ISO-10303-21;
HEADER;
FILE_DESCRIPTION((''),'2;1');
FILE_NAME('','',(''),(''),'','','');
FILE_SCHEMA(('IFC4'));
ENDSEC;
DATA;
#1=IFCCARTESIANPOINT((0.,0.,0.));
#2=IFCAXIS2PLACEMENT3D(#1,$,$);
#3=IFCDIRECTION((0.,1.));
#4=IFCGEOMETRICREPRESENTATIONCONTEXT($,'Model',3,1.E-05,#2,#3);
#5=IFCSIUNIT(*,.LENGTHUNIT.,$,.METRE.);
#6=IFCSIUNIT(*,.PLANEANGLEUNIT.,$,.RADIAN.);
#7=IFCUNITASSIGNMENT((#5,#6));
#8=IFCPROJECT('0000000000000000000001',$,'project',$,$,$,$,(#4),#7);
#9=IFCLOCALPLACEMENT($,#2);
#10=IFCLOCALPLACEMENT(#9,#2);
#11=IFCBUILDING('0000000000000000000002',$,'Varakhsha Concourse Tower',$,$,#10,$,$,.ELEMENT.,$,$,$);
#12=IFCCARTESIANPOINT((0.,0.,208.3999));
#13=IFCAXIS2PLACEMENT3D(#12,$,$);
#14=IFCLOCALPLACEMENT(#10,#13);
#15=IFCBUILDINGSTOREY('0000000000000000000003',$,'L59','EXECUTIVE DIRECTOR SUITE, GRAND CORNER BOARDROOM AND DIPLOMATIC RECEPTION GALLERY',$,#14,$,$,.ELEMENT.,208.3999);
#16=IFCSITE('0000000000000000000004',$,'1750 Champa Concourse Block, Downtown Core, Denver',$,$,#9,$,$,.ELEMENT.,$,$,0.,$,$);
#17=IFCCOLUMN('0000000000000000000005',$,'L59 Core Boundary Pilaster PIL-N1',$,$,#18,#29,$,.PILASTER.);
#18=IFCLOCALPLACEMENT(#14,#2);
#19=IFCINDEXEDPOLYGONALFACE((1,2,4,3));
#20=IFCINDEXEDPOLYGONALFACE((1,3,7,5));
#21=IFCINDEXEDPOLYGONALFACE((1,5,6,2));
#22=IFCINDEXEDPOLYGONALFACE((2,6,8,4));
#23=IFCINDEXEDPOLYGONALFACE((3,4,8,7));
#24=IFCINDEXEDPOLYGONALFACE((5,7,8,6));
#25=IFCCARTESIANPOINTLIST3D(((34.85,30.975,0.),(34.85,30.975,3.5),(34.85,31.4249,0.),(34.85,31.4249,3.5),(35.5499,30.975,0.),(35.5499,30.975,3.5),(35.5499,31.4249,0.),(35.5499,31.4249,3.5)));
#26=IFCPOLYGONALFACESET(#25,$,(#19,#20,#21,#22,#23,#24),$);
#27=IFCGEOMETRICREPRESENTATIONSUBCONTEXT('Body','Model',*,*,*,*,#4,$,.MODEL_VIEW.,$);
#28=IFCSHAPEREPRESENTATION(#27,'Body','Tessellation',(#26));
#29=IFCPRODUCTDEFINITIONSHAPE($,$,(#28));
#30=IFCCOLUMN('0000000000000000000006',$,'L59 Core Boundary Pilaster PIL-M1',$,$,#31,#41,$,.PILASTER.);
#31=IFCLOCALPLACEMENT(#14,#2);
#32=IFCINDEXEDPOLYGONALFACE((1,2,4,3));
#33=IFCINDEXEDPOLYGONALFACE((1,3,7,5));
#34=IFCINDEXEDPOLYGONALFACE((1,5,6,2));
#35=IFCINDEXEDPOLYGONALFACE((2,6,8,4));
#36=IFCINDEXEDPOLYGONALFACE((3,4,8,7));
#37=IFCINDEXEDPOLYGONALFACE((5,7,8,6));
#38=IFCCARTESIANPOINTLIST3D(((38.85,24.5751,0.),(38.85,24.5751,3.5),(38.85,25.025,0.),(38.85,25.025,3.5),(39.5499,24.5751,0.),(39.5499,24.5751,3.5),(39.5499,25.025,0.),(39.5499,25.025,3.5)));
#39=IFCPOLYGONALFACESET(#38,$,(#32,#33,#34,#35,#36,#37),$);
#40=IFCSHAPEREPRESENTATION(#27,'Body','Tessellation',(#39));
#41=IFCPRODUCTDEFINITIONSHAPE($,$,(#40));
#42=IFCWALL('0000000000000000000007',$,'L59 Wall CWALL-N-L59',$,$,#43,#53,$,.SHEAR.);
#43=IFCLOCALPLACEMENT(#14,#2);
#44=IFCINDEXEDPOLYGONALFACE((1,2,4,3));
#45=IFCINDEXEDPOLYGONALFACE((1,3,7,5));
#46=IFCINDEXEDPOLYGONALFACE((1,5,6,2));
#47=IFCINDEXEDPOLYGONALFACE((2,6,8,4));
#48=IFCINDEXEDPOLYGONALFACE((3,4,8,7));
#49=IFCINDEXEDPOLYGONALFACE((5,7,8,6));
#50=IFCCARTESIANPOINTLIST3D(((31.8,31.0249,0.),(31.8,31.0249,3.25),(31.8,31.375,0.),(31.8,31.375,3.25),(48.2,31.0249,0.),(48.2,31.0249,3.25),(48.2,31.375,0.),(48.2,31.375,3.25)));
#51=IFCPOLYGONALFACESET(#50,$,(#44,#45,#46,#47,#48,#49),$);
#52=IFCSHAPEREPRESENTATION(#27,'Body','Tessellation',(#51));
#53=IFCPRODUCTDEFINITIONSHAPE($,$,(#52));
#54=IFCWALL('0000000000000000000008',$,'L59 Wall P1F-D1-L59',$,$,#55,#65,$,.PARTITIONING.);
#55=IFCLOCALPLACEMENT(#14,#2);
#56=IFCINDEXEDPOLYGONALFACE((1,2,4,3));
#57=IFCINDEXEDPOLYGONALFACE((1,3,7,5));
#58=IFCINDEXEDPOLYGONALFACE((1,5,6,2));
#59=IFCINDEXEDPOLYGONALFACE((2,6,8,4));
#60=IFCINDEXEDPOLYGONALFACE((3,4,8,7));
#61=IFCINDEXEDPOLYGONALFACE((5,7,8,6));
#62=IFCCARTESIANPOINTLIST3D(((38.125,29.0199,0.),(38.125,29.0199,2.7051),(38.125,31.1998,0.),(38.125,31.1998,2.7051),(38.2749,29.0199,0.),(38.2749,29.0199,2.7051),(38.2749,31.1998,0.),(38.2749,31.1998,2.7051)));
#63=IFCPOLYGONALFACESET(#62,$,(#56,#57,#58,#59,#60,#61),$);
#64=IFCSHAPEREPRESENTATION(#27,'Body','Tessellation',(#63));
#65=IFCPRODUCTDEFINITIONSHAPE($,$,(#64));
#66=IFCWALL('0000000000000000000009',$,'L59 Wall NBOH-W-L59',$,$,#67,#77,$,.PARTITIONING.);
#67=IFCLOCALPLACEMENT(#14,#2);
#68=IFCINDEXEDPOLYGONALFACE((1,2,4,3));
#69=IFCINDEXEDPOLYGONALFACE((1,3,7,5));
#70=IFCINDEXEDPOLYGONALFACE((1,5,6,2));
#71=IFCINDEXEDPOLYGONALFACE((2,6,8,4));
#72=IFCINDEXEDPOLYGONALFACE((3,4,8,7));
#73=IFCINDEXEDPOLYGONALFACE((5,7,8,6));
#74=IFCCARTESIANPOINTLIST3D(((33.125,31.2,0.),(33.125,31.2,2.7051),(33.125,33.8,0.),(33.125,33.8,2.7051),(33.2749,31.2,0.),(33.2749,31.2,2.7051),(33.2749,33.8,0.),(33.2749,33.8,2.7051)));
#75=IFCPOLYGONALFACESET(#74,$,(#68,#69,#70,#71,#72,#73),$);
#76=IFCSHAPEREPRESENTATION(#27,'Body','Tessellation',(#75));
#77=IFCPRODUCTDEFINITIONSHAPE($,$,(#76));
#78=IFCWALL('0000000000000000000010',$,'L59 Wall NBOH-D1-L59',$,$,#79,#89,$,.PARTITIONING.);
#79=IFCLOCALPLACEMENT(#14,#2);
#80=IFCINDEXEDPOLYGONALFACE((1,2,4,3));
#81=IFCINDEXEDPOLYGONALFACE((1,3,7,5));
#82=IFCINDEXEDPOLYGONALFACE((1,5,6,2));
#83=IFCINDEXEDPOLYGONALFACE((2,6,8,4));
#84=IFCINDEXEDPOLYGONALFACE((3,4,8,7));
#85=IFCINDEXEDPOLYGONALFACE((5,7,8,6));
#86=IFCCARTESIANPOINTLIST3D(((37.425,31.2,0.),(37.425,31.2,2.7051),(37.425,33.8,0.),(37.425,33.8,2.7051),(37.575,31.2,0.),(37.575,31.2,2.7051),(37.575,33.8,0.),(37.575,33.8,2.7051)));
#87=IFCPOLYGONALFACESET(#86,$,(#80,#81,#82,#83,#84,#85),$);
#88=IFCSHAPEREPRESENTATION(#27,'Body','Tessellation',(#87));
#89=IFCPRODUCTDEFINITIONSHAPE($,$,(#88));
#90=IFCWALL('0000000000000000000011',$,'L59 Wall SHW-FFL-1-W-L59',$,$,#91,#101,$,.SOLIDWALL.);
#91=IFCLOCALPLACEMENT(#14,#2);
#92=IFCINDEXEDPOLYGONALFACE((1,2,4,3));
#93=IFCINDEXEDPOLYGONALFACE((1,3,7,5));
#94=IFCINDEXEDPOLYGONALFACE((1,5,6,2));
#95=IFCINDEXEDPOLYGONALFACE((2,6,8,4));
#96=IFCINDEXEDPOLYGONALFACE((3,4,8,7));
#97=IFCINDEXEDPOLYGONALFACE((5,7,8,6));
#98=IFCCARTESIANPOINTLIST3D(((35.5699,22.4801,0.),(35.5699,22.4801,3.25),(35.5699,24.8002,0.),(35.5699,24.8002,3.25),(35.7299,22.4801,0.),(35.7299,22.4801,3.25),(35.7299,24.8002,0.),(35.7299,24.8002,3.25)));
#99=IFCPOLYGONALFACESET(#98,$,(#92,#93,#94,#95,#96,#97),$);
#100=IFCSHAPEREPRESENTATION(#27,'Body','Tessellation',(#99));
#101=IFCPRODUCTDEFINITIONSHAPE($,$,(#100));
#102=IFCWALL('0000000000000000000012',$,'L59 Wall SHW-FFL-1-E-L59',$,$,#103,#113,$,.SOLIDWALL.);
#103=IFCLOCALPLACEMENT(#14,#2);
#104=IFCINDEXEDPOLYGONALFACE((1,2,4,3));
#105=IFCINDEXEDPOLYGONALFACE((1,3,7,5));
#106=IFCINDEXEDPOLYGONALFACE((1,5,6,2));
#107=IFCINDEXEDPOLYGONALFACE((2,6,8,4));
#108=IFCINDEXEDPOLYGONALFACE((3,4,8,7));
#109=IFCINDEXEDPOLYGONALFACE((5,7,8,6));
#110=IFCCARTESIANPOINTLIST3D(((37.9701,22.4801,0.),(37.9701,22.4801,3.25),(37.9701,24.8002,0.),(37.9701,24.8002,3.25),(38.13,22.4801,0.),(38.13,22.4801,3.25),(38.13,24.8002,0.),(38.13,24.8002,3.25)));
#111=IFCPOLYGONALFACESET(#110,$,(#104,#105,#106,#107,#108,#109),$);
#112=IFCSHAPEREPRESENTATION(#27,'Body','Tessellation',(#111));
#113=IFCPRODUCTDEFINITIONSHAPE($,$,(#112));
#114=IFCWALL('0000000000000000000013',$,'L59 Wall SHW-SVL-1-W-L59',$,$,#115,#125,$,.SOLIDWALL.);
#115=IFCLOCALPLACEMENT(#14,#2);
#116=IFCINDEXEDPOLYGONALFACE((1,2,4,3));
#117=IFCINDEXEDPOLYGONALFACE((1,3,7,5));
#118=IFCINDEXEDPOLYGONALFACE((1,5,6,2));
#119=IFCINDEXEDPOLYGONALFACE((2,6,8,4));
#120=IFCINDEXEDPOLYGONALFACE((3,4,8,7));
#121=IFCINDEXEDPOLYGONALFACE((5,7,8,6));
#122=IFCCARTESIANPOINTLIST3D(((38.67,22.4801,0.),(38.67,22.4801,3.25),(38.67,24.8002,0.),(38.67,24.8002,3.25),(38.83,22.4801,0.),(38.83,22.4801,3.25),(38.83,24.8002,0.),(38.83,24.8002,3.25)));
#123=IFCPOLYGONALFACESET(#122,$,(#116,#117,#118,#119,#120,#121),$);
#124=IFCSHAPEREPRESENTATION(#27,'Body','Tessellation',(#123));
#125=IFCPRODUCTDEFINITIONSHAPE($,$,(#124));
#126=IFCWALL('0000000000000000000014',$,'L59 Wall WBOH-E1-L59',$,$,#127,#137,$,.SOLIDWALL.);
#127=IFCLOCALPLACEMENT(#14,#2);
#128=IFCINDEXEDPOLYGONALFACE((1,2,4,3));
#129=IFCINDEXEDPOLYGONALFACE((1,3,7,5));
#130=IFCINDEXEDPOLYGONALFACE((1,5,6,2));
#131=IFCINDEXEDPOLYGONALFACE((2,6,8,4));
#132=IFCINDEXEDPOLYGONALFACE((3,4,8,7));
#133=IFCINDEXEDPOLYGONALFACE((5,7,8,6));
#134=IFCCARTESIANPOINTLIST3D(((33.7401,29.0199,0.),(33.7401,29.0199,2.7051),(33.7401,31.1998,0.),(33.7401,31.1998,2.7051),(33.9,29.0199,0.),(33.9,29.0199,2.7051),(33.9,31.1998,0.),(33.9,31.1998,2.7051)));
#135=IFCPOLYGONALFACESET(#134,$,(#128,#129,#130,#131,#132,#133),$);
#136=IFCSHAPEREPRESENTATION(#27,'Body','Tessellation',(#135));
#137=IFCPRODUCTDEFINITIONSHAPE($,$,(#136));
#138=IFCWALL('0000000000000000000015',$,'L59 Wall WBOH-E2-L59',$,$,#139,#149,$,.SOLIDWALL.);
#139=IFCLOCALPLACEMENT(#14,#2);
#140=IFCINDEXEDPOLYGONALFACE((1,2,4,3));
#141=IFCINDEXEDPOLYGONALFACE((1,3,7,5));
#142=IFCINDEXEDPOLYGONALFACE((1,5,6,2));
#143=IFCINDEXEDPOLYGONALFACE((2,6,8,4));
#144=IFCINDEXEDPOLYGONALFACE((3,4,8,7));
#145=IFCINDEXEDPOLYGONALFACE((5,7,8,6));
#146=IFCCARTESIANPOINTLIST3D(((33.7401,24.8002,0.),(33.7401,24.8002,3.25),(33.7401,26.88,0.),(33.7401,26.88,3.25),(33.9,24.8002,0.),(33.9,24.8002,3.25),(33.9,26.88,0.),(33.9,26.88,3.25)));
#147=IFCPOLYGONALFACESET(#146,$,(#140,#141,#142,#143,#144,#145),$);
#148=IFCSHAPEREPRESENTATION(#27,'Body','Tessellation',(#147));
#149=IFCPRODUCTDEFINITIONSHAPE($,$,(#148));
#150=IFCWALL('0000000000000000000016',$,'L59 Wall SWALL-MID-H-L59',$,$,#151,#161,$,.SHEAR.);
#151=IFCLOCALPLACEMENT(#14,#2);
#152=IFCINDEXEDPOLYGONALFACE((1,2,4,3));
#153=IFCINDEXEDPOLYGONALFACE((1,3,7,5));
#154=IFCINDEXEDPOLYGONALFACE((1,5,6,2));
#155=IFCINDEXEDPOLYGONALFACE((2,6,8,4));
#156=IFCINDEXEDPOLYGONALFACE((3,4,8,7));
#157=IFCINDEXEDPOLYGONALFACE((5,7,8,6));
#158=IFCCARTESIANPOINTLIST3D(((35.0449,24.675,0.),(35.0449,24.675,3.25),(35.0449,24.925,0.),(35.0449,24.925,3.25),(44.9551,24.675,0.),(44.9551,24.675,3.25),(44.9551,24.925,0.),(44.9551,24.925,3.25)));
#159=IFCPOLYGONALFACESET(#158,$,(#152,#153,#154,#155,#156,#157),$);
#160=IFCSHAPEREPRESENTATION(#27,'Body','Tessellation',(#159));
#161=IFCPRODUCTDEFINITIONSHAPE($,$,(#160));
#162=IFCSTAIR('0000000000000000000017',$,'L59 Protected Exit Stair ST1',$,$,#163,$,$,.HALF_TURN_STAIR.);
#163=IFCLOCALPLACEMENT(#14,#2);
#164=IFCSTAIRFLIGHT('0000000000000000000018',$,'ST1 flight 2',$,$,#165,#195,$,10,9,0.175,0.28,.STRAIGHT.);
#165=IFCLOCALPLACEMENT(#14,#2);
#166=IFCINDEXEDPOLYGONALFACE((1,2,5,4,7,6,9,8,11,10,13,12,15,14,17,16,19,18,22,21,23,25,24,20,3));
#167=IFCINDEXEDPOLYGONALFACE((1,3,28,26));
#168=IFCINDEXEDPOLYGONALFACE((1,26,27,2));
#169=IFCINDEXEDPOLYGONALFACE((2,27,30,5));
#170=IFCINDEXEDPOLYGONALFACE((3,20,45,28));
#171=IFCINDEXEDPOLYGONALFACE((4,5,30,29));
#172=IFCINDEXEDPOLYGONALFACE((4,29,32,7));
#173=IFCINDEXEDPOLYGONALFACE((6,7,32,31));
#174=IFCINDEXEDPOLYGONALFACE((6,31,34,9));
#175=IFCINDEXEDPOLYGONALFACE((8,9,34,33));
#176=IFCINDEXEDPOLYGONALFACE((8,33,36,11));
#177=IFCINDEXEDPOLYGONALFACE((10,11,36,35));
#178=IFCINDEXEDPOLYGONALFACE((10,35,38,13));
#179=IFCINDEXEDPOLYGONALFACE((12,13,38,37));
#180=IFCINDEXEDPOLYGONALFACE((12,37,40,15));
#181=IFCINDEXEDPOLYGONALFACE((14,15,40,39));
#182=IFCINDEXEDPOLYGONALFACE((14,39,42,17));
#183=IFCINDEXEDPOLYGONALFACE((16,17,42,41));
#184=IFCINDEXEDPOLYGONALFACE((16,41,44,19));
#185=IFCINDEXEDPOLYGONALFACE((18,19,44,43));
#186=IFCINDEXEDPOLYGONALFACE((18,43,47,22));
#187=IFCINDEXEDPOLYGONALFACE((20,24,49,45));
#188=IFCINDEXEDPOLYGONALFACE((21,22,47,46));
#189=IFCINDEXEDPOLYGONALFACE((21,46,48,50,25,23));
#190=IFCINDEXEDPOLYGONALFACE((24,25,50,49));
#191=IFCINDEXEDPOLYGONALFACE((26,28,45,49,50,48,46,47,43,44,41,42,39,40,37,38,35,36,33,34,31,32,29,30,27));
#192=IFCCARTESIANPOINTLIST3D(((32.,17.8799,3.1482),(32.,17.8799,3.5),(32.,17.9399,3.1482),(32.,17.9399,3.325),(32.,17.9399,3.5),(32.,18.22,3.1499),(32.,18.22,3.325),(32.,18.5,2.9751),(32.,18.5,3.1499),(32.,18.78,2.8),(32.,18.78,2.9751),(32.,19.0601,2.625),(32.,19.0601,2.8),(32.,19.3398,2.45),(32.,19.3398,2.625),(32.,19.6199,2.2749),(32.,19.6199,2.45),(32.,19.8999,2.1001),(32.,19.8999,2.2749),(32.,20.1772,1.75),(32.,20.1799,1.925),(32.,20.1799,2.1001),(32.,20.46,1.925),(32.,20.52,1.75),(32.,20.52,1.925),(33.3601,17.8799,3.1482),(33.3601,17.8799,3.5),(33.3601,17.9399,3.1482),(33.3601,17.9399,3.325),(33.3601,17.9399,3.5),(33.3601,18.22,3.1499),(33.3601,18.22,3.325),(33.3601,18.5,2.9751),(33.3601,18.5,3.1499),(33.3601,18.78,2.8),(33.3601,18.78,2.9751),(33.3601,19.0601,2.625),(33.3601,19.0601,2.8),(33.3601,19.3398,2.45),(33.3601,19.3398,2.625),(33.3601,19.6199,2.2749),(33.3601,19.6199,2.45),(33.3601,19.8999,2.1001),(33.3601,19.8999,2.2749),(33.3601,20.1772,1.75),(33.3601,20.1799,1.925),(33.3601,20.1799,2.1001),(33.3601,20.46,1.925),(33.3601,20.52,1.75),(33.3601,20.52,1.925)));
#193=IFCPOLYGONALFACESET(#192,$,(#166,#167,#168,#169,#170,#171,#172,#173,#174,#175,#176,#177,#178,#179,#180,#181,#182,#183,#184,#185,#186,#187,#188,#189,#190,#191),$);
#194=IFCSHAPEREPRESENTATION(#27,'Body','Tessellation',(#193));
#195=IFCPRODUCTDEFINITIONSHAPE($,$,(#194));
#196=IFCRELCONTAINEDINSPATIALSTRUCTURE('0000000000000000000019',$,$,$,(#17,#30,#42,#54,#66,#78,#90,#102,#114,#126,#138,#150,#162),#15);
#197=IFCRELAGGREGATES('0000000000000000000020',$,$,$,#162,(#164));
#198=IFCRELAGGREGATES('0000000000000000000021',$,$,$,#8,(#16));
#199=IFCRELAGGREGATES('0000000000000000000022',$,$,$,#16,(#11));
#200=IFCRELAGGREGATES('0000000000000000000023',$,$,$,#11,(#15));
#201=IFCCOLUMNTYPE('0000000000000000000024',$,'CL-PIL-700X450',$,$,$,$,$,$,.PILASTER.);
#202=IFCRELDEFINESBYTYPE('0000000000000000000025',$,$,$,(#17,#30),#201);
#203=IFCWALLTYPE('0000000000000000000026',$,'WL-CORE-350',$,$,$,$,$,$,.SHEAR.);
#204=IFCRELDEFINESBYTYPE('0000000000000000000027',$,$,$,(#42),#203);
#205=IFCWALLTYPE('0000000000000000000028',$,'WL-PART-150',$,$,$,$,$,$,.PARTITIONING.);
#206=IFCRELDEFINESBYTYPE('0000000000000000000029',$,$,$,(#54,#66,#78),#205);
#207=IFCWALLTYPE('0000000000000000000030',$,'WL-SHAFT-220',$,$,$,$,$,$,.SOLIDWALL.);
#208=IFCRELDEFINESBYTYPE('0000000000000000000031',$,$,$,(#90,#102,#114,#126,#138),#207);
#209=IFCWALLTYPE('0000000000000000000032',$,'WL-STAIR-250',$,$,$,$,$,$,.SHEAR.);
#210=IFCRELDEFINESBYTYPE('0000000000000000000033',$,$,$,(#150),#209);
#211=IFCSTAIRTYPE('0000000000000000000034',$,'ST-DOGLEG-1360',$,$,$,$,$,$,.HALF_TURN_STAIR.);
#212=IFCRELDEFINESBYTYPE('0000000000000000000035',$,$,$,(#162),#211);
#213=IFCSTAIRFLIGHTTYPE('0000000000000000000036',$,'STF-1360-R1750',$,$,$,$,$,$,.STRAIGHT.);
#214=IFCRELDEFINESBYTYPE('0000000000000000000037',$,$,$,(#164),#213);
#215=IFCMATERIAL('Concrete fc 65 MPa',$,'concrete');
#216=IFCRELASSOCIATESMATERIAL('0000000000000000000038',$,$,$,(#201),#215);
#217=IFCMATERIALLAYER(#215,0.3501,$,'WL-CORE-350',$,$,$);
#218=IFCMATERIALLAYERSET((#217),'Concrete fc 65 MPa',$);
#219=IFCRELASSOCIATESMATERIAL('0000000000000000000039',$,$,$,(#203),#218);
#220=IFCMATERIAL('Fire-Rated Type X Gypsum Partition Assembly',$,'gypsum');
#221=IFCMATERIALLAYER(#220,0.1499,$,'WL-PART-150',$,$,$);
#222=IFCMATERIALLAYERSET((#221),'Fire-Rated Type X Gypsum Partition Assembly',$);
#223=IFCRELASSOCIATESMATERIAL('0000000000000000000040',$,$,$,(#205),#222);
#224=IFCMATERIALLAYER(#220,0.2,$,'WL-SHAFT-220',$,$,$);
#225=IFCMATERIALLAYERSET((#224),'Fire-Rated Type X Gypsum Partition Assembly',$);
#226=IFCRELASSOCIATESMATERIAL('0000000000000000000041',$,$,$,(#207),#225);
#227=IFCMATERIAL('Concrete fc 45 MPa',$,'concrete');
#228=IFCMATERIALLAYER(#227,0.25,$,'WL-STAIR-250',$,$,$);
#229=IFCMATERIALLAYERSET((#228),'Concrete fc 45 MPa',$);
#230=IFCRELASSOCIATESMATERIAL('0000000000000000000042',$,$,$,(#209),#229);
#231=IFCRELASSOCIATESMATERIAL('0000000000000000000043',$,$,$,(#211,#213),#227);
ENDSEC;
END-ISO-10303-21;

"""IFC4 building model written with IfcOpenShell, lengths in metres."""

from ifc_helpers import new_model, si_unit, direction, frame, frame_2d, origin, origin_2d, place, context, subcontext, project, spatial, polyline, rectangle, outline, extrude, material, layer, layer_set, material_profile, profile_set, type_object, element, aggregate, save


model = new_model("IFC4")

# Units and contexts
model_context = context("Model", 3, precision=1e-05, world=origin(), true_north=direction((0.0, 1.0)))
body_context = subcontext(model_context, "Body", "Model", "MODEL_VIEW")
ifc_project = project(units=[si_unit("LENGTHUNIT", "METRE"), si_unit("PLANEANGLEUNIT", "RADIAN")], contexts=[model_context])

# Site, building, storey
site_placement = place(None, origin())
site = spatial("IfcSite", under=ifc_project, at=site_placement, Name="1750 Champa Concourse Block, Downtown Core, Denver", CompositionType="ELEMENT", RefElevation=0.0)
building_placement = place(site_placement, origin())
building = spatial("IfcBuilding", under=site, at=building_placement, Name="Varakhsha Concourse Tower", CompositionType="ELEMENT")
storey_placement = place(building_placement, frame((0.0, 0.0, 208.3999)))
storey = spatial("IfcBuildingStorey", under=building, at=storey_placement, Name="L59", Description="EXECUTIVE DIRECTOR SUITE, GRAND CORNER BOARDROOM AND DIPLOMATIC RECEPTION GALLERY", CompositionType="ELEMENT", Elevation=208.3999)

# Columns
ifc_material_1 = material(Name="Concrete fc 65 MPa", Category="concrete")
ifc_material_profile = material_profile(ifc_material_1, rectangle(XDim=0.7, YDim=0.45, at=origin_2d()), Name="RC 700x450")
ifc_profile_set = profile_set([ifc_material_profile], Name="Concrete fc 65 MPa")
column_type = type_object("IfcColumnType", Name="CL-PIL-700X450", PredefinedType="PILASTER", material=ifc_profile_set)
for number, where, z_axis, x_axis, name in (
    (1, (35.2, 31.2, 0.0), (0.0, 0.0, 1.0), (1.0, 0.0, 0.0), "L59 Core Boundary Pilaster PIL-N1"),
    (2, (39.2, 24.8, 0.0), (0.0, 0.0, 1.0), (1.0, 0.0, 0.0), "L59 Core Boundary Pilaster PIL-M1"),
):
    element("IfcColumn", number, at=place(storey_placement, frame(where, z_axis=z_axis, x_axis=x_axis)), inside=storey, type_object=column_type, Name=name, PredefinedType="PILASTER", context=body_context, shape_type="SweptSolid", body=[
        extrude(rectangle(XDim=0.7, YDim=0.45, at=origin_2d()), origin(), (0.0, 0.0, 1.0), 3.5),
    ])

# Walls
ifc_layer_1 = layer(ifc_material_1, 0.3501, Name="WL-CORE-350")
ifc_layer_set_1 = layer_set([ifc_layer_1], Name="Concrete fc 65 MPa")
wall_type_1 = type_object("IfcWallType", Name="WL-CORE-350", PredefinedType="SHEAR", material=ifc_layer_set_1)
wall_1_placement = place(storey_placement, frame((31.8, 31.2, 0.0), z_axis=(0.0, 0.0, 1.0), x_axis=(1.0, 0.0, 0.0)))
element("IfcWall", 3, at=wall_1_placement, inside=storey, type_object=wall_type_1, Name="L59 Wall CWALL-N-L59", PredefinedType="SHEAR", context=body_context, shape_type="SweptSolid", body=[
    extrude(rectangle(XDim=16.3999, YDim=0.3501, at=frame_2d((8.2, 0.0))), origin(), (0.0, 0.0, 1.0), 3.25),
])
ifc_material_2 = material(Name="Fire-Rated Type X Gypsum Partition Assembly", Category="gypsum")
ifc_layer_2 = layer(ifc_material_2, 0.1499, Name="WL-PART-150")
ifc_layer_set_2 = layer_set([ifc_layer_2], Name="Fire-Rated Type X Gypsum Partition Assembly")
wall_type_2 = type_object("IfcWallType", Name="WL-PART-150", PredefinedType="PARTITIONING", material=ifc_layer_set_2)
wall_2_placement = place(storey_placement, frame((38.2, 29.02, 0.0), z_axis=(0.0, 0.0, 1.0), x_axis=(0.0, 1.0, 0.0)))
element("IfcWall", 4, at=wall_2_placement, inside=storey, type_object=wall_type_2, Name="L59 Wall P1F-D1-L59", PredefinedType="PARTITIONING", context=body_context, shape_type="SweptSolid", body=[
    extrude(rectangle(XDim=2.1799, YDim=0.1499, at=frame_2d((1.0898, 0.0))), origin(), (0.0, 0.0, 1.0), 2.7051),
])
for number, where, z_axis, x_axis, name in (
    (5, (33.2, 31.2, 0.0), (0.0, 0.0, 1.0), (0.0, 1.0, 0.0), "L59 Wall NBOH-W-L59"),
    (6, (37.5, 31.2, 0.0), (0.0, 0.0, 1.0), (0.0, 1.0, 0.0), "L59 Wall NBOH-D1-L59"),
):
    element("IfcWall", number, at=place(storey_placement, frame(where, z_axis=z_axis, x_axis=x_axis)), inside=storey, type_object=wall_type_2, Name=name, PredefinedType="PARTITIONING", context=body_context, shape_type="SweptSolid", body=[
        extrude(rectangle(XDim=2.6001, YDim=0.1499, at=frame_2d((1.3, 0.0))), origin(), (0.0, 0.0, 1.0), 2.7051),
    ])

# Shared definitions
ifc_layer_3 = layer(ifc_material_2, 0.2, Name="WL-SHAFT-220")
ifc_layer_set_3 = layer_set([ifc_layer_3], Name="Fire-Rated Type X Gypsum Partition Assembly")
wall_type_3 = type_object("IfcWallType", Name="WL-SHAFT-220", PredefinedType="SOLIDWALL", material=ifc_layer_set_3)

# Walls
for number, where, z_axis, x_axis, name in (
    (7, (35.6499, 22.48, 0.0), (0.0, 0.0, 1.0), (0.0, 1.0, 0.0), "L59 Wall SHW-FFL-1-W-L59"),
    (8, (38.05, 22.48, 0.0), (0.0, 0.0, 1.0), (0.0, 1.0, 0.0), "L59 Wall SHW-FFL-1-E-L59"),
    (9, (38.75, 22.48, 0.0), (0.0, 0.0, 1.0), (0.0, 1.0, 0.0), "L59 Wall SHW-SVL-1-W-L59"),
):
    element("IfcWall", number, at=place(storey_placement, frame(where, z_axis=z_axis, x_axis=x_axis)), inside=storey, type_object=wall_type_3, Name=name, PredefinedType="SOLIDWALL", context=body_context, shape_type="SweptSolid", body=[
        extrude(rectangle(XDim=2.3201, YDim=0.1599, at=frame_2d((1.1602, 0.0))), origin(), (0.0, 0.0, 1.0), 3.25),
    ])

# Walls
wall_3_placement = place(storey_placement, frame((33.8201, 29.02, 0.0), z_axis=(0.0, 0.0, 1.0), x_axis=(0.0, 1.0, 0.0)))
element("IfcWall", 10, at=wall_3_placement, inside=storey, type_object=wall_type_3, Name="L59 Wall WBOH-E1-L59", PredefinedType="SOLIDWALL", context=body_context, shape_type="SweptSolid", body=[
    extrude(rectangle(XDim=2.1799, YDim=0.1599, at=frame_2d((1.0898, 0.0))), origin(), (0.0, 0.0, 1.0), 2.7051),
])
wall_4_placement = place(storey_placement, frame((33.8201, 24.8, 0.0), z_axis=(0.0, 0.0, 1.0), x_axis=(0.0, 1.0, 0.0)))
element("IfcWall", 11, at=wall_4_placement, inside=storey, type_object=wall_type_3, Name="L59 Wall WBOH-E2-L59", PredefinedType="SOLIDWALL", context=body_context, shape_type="SweptSolid", body=[
    extrude(rectangle(XDim=2.0798, YDim=0.1599, at=frame_2d((1.04, 0.0))), origin(), (0.0, 0.0, 1.0), 3.25),
])
ifc_material_3 = material(Name="Concrete fc 45 MPa", Category="concrete")
ifc_layer_4 = layer(ifc_material_3, 0.25, Name="WL-STAIR-250")
ifc_layer_set_4 = layer_set([ifc_layer_4], Name="Concrete fc 45 MPa")
wall_type_4 = type_object("IfcWallType", Name="WL-STAIR-250", PredefinedType="SHEAR", material=ifc_layer_set_4)
wall_5_placement = place(storey_placement, frame((35.0449, 24.8, 0.0), z_axis=(0.0, 0.0, 1.0), x_axis=(1.0, 0.0, 0.0)))
element("IfcWall", 12, at=wall_5_placement, inside=storey, type_object=wall_type_4, Name="L59 Wall SWALL-MID-H-L59", PredefinedType="SHEAR", context=body_context, shape_type="SweptSolid", body=[
    extrude(rectangle(XDim=9.9102, YDim=0.25, at=frame_2d((4.9551, 0.0))), origin(), (0.0, 0.0, 1.0), 3.25),
])

# Stair, stair flight
stair_type = type_object("IfcStairType", Name="ST-DOGLEG-1360", PredefinedType="HALF_TURN_STAIR", material=ifc_material_3)
stair_placement = place(storey_placement, origin())
stair = element("IfcStair", 13, at=stair_placement, inside=storey, type_object=stair_type, Name="L59 Protected Exit Stair ST1", PredefinedType="HALF_TURN_STAIR")
stair_flight_type = type_object("IfcStairFlightType", Name="STF-1360-R1750", PredefinedType="STRAIGHT", material=ifc_material_3)
stair_flight_placement = place(storey_placement, frame((32.6799, 20.46, 1.75), z_axis=(0.0, 0.0, 1.0), x_axis=(0.0, -1.0, 0.0)))
stair_flight = element("IfcStairFlight", 14, at=stair_flight_placement, type_object=stair_flight_type, Name="ST1 flight 2", NumberOfRisers=10, NumberOfTreads=9, PredefinedType="STRAIGHT", RiserHeight=0.175, TreadLength=0.28, context=body_context, shape_type="SweptSolid", body=[
    extrude(outline(polyline([(-0.0601, 0.0), (-0.0601, 0.175), (0.0, 0.175), (0.28, 0.175), (0.28, 0.3501), (0.5601, 0.3501), (0.5601, 0.5249), (0.8401, 0.5249), (0.8401, 0.7), (1.1201, 0.7), (1.1201, 0.875), (1.3999, 0.875), (1.3999, 1.05), (1.6799, 1.05), (1.6799, 1.2251), (1.96, 1.2251), (1.96, 1.3999), (2.24, 1.3999), (2.24, 1.575), (2.52, 1.575), (2.52, 1.75), (2.5801, 1.75), (2.5801, 1.3982), (2.52, 1.3982), (0.2827, 0.0), (-0.0601, 0.0)])), frame((0.0, 0.6802, 0.0), z_axis=(0.0, -1.0, 0.0), x_axis=(1.0, 0.0, 0.0)), (0.0, 0.0, 1.0), 1.3601),
])
aggregate(stair, [stair_flight])

save(model, "model.ifc")
